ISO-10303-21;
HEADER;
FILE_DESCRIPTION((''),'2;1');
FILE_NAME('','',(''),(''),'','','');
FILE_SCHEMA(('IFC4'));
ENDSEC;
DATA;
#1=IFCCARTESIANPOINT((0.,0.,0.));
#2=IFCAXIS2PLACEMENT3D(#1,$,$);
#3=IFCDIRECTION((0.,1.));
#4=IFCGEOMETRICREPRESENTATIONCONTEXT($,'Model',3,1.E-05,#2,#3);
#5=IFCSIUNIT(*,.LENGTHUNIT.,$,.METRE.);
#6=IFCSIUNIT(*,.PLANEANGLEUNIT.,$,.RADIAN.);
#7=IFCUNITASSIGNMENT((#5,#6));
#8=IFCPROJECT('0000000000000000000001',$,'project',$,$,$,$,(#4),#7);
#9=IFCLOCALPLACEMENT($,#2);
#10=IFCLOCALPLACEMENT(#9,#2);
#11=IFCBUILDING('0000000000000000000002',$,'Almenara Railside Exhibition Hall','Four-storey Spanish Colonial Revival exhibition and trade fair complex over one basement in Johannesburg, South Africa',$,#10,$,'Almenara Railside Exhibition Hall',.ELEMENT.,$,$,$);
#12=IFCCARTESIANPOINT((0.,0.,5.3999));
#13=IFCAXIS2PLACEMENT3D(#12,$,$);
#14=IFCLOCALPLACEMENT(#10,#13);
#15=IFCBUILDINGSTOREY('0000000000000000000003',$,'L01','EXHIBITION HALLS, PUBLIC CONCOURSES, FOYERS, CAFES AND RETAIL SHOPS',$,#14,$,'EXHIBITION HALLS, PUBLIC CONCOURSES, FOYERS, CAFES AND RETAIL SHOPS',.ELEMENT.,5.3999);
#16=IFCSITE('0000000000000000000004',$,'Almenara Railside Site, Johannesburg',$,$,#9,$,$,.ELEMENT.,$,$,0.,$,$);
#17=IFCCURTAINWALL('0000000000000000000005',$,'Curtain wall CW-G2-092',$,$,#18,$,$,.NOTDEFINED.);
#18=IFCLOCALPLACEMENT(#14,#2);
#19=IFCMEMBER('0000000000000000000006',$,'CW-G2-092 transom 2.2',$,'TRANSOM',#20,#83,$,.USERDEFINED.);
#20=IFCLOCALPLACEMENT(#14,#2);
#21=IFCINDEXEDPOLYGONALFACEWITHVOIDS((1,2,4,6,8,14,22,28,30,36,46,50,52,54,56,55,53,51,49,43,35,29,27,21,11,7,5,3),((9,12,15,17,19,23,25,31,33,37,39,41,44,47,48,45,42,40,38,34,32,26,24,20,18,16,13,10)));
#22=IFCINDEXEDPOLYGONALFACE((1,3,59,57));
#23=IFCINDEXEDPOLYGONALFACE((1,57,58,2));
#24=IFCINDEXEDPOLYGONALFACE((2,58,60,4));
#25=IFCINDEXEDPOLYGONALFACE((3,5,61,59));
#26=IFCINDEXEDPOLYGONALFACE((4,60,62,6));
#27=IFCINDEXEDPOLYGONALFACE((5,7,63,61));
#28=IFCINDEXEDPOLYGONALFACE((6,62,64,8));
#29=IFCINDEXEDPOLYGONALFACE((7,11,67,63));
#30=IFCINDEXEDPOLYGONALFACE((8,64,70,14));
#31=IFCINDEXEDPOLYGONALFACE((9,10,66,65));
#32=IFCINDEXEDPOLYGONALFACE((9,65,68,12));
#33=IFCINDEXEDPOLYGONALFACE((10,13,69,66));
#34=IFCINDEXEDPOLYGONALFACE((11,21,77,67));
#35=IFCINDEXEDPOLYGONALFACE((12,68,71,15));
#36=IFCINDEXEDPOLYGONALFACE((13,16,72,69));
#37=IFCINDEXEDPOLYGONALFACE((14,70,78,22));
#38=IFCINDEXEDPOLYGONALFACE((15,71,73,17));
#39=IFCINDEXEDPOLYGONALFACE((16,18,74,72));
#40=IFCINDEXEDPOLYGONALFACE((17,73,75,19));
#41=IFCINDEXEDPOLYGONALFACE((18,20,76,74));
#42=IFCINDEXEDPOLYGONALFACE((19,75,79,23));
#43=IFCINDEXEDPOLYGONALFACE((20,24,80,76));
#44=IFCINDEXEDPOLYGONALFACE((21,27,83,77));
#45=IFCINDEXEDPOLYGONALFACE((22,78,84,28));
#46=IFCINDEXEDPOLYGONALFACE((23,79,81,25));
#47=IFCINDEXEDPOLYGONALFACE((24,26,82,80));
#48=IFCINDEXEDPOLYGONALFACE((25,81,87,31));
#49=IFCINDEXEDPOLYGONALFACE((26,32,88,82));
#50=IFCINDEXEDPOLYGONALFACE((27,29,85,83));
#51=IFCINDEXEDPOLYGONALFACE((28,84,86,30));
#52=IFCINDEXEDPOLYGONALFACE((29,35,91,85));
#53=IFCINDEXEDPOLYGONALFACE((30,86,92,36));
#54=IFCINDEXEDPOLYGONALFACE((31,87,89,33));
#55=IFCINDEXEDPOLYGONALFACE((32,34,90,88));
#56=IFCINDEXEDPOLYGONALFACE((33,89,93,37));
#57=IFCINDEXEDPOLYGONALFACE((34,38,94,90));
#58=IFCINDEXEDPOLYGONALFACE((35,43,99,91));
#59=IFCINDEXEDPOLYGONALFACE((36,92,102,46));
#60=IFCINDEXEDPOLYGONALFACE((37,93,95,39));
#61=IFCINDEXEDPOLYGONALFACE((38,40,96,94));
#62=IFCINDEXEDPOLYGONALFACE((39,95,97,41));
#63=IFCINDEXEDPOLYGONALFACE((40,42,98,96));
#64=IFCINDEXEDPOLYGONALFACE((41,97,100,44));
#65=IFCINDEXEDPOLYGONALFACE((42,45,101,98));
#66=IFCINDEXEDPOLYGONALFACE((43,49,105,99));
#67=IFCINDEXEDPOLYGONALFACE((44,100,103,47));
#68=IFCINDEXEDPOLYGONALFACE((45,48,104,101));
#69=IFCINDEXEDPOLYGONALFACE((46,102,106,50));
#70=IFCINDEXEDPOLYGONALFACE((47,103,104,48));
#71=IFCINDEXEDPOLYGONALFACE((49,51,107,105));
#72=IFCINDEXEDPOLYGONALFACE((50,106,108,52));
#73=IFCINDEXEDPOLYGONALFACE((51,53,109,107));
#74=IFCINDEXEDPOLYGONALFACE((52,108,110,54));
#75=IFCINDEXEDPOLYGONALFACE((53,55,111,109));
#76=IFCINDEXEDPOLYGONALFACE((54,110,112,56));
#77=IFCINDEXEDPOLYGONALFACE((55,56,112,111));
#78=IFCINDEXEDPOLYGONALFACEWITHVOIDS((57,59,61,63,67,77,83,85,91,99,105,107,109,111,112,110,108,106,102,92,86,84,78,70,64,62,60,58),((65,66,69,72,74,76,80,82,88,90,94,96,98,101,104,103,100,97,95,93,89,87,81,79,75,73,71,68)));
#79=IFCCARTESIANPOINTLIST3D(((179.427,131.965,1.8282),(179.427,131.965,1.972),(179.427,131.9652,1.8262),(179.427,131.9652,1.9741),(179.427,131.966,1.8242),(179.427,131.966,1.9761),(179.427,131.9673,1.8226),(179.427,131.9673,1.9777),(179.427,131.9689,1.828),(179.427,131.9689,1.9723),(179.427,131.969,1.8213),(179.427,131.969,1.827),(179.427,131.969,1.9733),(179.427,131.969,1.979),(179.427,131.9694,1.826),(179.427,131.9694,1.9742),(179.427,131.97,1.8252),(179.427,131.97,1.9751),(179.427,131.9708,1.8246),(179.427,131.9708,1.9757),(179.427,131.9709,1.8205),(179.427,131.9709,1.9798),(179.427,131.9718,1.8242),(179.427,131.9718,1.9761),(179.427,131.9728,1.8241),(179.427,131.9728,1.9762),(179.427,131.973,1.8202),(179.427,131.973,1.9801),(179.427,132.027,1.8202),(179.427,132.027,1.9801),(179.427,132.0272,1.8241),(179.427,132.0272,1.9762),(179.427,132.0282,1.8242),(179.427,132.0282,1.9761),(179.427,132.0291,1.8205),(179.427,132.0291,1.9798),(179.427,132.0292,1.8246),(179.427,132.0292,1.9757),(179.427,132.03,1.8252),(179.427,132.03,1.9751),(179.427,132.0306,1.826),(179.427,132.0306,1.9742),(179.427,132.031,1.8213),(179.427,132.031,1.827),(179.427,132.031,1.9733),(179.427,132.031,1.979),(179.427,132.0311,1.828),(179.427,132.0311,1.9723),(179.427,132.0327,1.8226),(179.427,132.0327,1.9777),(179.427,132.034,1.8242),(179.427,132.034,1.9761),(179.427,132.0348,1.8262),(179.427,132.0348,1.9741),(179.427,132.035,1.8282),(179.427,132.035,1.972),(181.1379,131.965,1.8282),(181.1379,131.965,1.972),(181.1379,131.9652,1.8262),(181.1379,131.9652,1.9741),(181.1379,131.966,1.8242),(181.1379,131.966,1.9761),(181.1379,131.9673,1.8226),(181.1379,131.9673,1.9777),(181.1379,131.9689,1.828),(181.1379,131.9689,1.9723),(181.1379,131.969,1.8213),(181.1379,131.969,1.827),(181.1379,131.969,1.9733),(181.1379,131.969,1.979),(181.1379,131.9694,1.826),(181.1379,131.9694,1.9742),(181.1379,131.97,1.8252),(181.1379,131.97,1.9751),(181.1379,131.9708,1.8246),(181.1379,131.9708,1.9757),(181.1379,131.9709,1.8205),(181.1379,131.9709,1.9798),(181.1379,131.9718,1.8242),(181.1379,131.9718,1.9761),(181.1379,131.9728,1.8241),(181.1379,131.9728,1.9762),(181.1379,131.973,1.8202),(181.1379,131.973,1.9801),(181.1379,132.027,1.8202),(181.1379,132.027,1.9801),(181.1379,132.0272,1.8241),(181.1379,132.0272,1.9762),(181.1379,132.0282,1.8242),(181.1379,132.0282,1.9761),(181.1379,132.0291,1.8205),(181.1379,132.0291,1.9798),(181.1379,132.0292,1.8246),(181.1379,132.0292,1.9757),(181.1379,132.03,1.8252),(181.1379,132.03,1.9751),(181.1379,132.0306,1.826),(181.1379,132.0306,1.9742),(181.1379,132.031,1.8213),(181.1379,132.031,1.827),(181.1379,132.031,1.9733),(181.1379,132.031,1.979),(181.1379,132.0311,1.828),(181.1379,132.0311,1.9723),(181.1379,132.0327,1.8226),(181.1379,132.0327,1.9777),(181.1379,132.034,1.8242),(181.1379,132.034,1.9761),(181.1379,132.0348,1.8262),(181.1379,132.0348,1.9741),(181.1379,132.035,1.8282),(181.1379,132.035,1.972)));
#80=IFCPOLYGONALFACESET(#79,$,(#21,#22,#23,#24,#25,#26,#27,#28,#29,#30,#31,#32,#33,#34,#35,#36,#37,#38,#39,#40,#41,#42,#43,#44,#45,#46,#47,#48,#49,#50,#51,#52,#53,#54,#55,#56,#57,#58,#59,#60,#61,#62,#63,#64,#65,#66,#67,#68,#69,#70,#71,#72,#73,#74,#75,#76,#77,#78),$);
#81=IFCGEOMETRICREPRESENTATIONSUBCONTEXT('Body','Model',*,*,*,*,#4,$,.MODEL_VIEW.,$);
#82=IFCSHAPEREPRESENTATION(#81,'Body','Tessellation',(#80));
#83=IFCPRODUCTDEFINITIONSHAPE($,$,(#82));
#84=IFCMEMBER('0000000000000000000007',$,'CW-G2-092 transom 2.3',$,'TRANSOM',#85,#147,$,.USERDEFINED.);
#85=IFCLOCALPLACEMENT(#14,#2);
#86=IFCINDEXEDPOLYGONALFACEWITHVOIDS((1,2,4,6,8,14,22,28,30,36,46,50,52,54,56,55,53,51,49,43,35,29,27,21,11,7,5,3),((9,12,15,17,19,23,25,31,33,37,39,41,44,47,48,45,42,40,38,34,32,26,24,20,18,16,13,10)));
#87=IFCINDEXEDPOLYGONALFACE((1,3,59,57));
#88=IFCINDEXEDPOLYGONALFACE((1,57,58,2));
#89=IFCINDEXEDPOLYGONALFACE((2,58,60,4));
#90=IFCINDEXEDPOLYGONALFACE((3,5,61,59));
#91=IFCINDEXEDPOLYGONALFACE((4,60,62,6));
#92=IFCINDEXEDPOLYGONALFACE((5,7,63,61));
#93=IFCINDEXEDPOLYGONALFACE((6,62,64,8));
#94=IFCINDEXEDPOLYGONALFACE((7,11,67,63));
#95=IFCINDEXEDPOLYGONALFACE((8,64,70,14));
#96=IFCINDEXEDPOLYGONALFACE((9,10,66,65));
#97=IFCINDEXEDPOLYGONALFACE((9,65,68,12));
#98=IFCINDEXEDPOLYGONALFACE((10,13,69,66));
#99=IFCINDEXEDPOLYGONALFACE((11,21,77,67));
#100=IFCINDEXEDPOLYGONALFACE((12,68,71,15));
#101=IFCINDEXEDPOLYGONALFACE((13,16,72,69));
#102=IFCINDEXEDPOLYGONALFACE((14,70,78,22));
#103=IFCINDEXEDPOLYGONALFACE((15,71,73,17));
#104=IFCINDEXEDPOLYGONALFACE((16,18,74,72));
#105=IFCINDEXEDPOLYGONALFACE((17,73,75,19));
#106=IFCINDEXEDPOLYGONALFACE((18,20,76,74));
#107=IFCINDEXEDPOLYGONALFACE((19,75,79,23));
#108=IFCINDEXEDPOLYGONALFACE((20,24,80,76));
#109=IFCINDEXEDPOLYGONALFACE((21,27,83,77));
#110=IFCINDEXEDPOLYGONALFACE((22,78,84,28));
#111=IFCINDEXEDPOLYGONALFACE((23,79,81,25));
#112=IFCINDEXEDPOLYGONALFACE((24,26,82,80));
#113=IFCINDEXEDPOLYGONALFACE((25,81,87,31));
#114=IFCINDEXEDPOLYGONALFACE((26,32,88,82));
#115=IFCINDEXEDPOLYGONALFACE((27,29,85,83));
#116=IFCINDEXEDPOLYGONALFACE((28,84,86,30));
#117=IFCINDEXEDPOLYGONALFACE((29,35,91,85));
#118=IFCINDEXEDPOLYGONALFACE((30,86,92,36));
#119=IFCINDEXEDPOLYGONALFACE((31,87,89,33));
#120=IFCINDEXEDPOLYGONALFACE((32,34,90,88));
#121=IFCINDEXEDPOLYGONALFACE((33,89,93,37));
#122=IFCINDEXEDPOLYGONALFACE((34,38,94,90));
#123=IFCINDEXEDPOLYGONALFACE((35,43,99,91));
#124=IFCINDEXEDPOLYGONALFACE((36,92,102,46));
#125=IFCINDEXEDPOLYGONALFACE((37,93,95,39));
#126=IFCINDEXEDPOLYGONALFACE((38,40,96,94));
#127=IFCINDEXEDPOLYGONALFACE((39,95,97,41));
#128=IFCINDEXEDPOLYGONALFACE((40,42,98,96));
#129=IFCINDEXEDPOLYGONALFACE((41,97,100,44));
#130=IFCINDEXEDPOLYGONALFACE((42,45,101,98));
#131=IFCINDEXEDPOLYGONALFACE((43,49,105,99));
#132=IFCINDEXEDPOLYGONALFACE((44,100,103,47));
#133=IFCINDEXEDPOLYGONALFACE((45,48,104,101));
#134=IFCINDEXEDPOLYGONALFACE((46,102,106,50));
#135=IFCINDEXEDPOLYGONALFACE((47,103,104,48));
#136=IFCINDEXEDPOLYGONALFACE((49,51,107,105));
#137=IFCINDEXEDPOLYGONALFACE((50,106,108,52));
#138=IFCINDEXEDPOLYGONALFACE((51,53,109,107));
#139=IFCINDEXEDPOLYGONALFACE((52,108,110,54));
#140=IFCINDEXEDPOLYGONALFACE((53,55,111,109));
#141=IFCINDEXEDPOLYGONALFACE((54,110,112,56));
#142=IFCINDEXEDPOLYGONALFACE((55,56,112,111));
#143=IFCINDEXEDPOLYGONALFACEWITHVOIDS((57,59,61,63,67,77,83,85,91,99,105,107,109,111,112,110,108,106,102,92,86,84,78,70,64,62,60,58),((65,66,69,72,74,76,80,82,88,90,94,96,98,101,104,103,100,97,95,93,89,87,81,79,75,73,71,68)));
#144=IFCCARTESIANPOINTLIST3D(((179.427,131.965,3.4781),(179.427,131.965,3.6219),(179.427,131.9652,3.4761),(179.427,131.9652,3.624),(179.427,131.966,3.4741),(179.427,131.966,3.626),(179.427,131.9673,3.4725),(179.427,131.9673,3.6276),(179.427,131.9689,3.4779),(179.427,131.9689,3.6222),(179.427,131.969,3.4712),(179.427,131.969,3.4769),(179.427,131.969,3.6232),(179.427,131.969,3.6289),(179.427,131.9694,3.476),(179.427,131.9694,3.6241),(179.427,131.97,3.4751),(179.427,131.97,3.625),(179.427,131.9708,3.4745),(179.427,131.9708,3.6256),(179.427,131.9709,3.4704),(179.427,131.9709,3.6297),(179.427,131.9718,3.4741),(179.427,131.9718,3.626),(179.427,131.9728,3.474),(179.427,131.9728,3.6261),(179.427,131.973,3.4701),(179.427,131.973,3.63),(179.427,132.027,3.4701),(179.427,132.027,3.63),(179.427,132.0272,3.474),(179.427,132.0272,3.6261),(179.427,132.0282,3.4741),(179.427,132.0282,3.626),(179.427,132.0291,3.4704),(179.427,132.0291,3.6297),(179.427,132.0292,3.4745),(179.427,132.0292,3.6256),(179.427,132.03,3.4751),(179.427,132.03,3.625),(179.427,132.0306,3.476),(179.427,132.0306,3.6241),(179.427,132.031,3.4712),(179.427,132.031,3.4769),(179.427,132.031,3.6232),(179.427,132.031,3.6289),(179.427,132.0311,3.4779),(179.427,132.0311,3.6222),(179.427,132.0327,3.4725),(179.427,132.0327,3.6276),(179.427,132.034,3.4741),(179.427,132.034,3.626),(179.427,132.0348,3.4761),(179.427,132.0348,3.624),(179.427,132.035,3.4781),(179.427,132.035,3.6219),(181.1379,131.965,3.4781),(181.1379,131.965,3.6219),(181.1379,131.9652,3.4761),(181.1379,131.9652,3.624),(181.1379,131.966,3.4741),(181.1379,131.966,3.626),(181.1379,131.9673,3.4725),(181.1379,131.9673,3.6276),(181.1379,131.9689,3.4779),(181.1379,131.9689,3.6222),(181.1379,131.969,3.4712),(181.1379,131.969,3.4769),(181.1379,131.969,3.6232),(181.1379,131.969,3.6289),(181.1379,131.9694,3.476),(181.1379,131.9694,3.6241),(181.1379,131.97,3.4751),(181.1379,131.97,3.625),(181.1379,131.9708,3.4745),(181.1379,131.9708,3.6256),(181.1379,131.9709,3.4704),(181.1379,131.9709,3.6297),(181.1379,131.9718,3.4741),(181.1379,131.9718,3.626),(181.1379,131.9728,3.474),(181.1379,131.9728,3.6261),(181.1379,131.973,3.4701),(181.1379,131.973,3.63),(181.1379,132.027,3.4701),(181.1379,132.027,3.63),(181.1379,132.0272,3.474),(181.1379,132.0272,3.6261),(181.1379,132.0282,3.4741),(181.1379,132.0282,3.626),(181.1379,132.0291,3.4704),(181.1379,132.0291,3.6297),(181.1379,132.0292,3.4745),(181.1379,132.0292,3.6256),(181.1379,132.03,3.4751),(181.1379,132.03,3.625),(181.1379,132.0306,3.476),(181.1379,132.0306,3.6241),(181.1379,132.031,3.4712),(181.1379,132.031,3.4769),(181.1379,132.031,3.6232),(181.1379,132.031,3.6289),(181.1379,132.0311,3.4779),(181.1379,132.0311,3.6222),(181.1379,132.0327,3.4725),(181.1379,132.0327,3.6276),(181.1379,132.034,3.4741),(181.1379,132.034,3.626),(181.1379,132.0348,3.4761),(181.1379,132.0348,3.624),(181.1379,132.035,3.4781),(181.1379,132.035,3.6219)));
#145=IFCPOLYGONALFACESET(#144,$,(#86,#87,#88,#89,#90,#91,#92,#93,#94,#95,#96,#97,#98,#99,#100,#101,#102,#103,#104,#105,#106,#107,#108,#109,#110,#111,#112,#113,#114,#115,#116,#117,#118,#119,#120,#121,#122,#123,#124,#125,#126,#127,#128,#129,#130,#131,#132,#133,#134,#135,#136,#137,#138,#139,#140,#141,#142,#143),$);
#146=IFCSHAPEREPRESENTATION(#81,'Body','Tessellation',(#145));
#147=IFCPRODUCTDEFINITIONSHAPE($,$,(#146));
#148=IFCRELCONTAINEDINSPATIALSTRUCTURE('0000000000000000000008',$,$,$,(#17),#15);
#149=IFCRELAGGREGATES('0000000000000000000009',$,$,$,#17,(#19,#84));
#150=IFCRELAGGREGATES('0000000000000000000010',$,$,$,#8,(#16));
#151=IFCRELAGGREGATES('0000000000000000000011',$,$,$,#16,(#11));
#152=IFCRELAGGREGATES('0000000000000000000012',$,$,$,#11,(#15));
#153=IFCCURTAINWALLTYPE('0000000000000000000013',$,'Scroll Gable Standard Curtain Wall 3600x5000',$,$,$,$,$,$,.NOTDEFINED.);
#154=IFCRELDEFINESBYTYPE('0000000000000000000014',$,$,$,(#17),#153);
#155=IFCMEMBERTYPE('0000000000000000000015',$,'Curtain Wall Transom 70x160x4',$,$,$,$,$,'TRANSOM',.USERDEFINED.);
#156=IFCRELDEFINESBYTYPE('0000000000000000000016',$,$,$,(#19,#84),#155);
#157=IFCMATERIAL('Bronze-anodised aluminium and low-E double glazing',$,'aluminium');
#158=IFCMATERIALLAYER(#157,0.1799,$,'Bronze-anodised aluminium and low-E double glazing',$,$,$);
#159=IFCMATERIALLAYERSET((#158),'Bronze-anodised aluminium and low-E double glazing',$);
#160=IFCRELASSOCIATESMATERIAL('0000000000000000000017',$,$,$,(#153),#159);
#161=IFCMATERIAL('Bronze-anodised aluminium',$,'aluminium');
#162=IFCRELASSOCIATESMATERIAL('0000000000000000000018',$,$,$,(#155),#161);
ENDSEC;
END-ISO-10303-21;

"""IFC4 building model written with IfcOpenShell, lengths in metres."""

from ifc_helpers import new_model, si_unit, direction, frame, origin, origin_2d, place, context, subcontext, project, spatial, hollow_rectangle, extrude, material, layer, layer_set, material_profile, profile_set, type_object, element, aggregate, save


model = new_model("IFC4")

# Units and contexts
model_context = context("Model", 3, precision=1e-05, world=origin(), true_north=direction((0.0, 1.0)))
body_context = subcontext(model_context, "Body", "Model", "MODEL_VIEW")
ifc_project = project(units=[si_unit("LENGTHUNIT", "METRE"), si_unit("PLANEANGLEUNIT", "RADIAN")], contexts=[model_context])

# Site, building, storey
site_placement = place(None, origin())
site = spatial("IfcSite", under=ifc_project, at=site_placement, Name="Almenara Railside Site, Johannesburg", CompositionType="ELEMENT", RefElevation=0.0)
building_placement = place(site_placement, origin())
building = spatial("IfcBuilding", under=site, at=building_placement, Name="Almenara Railside Exhibition Hall", Description="Four-storey Spanish Colonial Revival exhibition and trade fair complex over one basement in Johannesburg, South Africa", LongName="Almenara Railside Exhibition Hall", CompositionType="ELEMENT")
storey_placement = place(building_placement, frame((0.0, 0.0, 5.3999)))
storey = spatial("IfcBuildingStorey", under=building, at=storey_placement, Name="L01", Description="EXHIBITION HALLS, PUBLIC CONCOURSES, FOYERS, CAFES AND RETAIL SHOPS", LongName="EXHIBITION HALLS, PUBLIC CONCOURSES, FOYERS, CAFES AND RETAIL SHOPS", CompositionType="ELEMENT", Elevation=5.3999)

# Shared definitions
ifc_material_1 = material(Name="Bronze-anodised aluminium and low-E double glazing", Category="aluminium")
ifc_material_2 = material(Name="Bronze-anodised aluminium", Category="aluminium")

# Curtain wall
ifc_layer_1 = layer(ifc_material_1, 0.1799, Name="Bronze-anodised aluminium and low-E double glazing")
ifc_layer_set_1 = layer_set([ifc_layer_1], Name="Bronze-anodised aluminium and low-E double glazing")
curtain_wall_type_1 = type_object("IfcCurtainWallType", Name="Scroll Gable Standard Curtain Wall 3600x5000", PredefinedType="NOTDEFINED", material=ifc_layer_set_1)
curtain_wall_1_placement = place(storey_placement, origin())
curtain_wall_1 = element("IfcCurtainWall", 1, at=curtain_wall_1_placement, inside=storey, type_object=curtain_wall_type_1, Name="Curtain wall CW-G2-092", PredefinedType="NOTDEFINED")

# Members
ifc_material_profile_1 = material_profile(ifc_material_2, hollow_rectangle(XDim=0.0701, YDim=0.1599, WallThickness=0.0039, InnerFilletRadius=0.0039, OuterFilletRadius=0.0081, at=origin_2d()), Name="ALU-TRN 70x160x4")
ifc_profile_set_1 = profile_set([ifc_material_profile_1], Name="Bronze-anodised aluminium")
member_type_1 = type_object("IfcMemberType", Name="Curtain Wall Transom 70x160x4", ElementType="TRANSOM", PredefinedType="USERDEFINED", material=ifc_profile_set_1)
member_1_placement = place(storey_placement, frame((179.427, 132.0, 1.9001), z_axis=(1.0, 0.0, 0.0), x_axis=(0.0, 1.0, 0.0)))
member_1 = element("IfcMember", 2, at=member_1_placement, type_object=member_type_1, Name="CW-G2-092 transom 2.2", ObjectType="TRANSOM", PredefinedType="USERDEFINED", context=body_context, shape_type="SweptSolid", body=[
    extrude(hollow_rectangle(XDim=0.0701, YDim=0.1599, WallThickness=0.0039, InnerFilletRadius=0.0039, OuterFilletRadius=0.0081, at=origin_2d()), origin(), (0.0, 0.0, 1.0), 1.7109),
])
member_2_placement = place(storey_placement, frame((179.427, 132.0, 3.55), z_axis=(1.0, 0.0, 0.0), x_axis=(0.0, 1.0, 0.0)))
member_2 = element("IfcMember", 3, at=member_2_placement, type_object=member_type_1, Name="CW-G2-092 transom 2.3", ObjectType="TRANSOM", PredefinedType="USERDEFINED", context=body_context, shape_type="SweptSolid", body=[
    extrude(hollow_rectangle(XDim=0.0701, YDim=0.1599, WallThickness=0.0039, InnerFilletRadius=0.0039, OuterFilletRadius=0.0081, at=origin_2d()), origin(), (0.0, 0.0, 1.0), 1.7109),
])

aggregate(curtain_wall_1, [member_1, member_2])

save(model, "model.ifc")
